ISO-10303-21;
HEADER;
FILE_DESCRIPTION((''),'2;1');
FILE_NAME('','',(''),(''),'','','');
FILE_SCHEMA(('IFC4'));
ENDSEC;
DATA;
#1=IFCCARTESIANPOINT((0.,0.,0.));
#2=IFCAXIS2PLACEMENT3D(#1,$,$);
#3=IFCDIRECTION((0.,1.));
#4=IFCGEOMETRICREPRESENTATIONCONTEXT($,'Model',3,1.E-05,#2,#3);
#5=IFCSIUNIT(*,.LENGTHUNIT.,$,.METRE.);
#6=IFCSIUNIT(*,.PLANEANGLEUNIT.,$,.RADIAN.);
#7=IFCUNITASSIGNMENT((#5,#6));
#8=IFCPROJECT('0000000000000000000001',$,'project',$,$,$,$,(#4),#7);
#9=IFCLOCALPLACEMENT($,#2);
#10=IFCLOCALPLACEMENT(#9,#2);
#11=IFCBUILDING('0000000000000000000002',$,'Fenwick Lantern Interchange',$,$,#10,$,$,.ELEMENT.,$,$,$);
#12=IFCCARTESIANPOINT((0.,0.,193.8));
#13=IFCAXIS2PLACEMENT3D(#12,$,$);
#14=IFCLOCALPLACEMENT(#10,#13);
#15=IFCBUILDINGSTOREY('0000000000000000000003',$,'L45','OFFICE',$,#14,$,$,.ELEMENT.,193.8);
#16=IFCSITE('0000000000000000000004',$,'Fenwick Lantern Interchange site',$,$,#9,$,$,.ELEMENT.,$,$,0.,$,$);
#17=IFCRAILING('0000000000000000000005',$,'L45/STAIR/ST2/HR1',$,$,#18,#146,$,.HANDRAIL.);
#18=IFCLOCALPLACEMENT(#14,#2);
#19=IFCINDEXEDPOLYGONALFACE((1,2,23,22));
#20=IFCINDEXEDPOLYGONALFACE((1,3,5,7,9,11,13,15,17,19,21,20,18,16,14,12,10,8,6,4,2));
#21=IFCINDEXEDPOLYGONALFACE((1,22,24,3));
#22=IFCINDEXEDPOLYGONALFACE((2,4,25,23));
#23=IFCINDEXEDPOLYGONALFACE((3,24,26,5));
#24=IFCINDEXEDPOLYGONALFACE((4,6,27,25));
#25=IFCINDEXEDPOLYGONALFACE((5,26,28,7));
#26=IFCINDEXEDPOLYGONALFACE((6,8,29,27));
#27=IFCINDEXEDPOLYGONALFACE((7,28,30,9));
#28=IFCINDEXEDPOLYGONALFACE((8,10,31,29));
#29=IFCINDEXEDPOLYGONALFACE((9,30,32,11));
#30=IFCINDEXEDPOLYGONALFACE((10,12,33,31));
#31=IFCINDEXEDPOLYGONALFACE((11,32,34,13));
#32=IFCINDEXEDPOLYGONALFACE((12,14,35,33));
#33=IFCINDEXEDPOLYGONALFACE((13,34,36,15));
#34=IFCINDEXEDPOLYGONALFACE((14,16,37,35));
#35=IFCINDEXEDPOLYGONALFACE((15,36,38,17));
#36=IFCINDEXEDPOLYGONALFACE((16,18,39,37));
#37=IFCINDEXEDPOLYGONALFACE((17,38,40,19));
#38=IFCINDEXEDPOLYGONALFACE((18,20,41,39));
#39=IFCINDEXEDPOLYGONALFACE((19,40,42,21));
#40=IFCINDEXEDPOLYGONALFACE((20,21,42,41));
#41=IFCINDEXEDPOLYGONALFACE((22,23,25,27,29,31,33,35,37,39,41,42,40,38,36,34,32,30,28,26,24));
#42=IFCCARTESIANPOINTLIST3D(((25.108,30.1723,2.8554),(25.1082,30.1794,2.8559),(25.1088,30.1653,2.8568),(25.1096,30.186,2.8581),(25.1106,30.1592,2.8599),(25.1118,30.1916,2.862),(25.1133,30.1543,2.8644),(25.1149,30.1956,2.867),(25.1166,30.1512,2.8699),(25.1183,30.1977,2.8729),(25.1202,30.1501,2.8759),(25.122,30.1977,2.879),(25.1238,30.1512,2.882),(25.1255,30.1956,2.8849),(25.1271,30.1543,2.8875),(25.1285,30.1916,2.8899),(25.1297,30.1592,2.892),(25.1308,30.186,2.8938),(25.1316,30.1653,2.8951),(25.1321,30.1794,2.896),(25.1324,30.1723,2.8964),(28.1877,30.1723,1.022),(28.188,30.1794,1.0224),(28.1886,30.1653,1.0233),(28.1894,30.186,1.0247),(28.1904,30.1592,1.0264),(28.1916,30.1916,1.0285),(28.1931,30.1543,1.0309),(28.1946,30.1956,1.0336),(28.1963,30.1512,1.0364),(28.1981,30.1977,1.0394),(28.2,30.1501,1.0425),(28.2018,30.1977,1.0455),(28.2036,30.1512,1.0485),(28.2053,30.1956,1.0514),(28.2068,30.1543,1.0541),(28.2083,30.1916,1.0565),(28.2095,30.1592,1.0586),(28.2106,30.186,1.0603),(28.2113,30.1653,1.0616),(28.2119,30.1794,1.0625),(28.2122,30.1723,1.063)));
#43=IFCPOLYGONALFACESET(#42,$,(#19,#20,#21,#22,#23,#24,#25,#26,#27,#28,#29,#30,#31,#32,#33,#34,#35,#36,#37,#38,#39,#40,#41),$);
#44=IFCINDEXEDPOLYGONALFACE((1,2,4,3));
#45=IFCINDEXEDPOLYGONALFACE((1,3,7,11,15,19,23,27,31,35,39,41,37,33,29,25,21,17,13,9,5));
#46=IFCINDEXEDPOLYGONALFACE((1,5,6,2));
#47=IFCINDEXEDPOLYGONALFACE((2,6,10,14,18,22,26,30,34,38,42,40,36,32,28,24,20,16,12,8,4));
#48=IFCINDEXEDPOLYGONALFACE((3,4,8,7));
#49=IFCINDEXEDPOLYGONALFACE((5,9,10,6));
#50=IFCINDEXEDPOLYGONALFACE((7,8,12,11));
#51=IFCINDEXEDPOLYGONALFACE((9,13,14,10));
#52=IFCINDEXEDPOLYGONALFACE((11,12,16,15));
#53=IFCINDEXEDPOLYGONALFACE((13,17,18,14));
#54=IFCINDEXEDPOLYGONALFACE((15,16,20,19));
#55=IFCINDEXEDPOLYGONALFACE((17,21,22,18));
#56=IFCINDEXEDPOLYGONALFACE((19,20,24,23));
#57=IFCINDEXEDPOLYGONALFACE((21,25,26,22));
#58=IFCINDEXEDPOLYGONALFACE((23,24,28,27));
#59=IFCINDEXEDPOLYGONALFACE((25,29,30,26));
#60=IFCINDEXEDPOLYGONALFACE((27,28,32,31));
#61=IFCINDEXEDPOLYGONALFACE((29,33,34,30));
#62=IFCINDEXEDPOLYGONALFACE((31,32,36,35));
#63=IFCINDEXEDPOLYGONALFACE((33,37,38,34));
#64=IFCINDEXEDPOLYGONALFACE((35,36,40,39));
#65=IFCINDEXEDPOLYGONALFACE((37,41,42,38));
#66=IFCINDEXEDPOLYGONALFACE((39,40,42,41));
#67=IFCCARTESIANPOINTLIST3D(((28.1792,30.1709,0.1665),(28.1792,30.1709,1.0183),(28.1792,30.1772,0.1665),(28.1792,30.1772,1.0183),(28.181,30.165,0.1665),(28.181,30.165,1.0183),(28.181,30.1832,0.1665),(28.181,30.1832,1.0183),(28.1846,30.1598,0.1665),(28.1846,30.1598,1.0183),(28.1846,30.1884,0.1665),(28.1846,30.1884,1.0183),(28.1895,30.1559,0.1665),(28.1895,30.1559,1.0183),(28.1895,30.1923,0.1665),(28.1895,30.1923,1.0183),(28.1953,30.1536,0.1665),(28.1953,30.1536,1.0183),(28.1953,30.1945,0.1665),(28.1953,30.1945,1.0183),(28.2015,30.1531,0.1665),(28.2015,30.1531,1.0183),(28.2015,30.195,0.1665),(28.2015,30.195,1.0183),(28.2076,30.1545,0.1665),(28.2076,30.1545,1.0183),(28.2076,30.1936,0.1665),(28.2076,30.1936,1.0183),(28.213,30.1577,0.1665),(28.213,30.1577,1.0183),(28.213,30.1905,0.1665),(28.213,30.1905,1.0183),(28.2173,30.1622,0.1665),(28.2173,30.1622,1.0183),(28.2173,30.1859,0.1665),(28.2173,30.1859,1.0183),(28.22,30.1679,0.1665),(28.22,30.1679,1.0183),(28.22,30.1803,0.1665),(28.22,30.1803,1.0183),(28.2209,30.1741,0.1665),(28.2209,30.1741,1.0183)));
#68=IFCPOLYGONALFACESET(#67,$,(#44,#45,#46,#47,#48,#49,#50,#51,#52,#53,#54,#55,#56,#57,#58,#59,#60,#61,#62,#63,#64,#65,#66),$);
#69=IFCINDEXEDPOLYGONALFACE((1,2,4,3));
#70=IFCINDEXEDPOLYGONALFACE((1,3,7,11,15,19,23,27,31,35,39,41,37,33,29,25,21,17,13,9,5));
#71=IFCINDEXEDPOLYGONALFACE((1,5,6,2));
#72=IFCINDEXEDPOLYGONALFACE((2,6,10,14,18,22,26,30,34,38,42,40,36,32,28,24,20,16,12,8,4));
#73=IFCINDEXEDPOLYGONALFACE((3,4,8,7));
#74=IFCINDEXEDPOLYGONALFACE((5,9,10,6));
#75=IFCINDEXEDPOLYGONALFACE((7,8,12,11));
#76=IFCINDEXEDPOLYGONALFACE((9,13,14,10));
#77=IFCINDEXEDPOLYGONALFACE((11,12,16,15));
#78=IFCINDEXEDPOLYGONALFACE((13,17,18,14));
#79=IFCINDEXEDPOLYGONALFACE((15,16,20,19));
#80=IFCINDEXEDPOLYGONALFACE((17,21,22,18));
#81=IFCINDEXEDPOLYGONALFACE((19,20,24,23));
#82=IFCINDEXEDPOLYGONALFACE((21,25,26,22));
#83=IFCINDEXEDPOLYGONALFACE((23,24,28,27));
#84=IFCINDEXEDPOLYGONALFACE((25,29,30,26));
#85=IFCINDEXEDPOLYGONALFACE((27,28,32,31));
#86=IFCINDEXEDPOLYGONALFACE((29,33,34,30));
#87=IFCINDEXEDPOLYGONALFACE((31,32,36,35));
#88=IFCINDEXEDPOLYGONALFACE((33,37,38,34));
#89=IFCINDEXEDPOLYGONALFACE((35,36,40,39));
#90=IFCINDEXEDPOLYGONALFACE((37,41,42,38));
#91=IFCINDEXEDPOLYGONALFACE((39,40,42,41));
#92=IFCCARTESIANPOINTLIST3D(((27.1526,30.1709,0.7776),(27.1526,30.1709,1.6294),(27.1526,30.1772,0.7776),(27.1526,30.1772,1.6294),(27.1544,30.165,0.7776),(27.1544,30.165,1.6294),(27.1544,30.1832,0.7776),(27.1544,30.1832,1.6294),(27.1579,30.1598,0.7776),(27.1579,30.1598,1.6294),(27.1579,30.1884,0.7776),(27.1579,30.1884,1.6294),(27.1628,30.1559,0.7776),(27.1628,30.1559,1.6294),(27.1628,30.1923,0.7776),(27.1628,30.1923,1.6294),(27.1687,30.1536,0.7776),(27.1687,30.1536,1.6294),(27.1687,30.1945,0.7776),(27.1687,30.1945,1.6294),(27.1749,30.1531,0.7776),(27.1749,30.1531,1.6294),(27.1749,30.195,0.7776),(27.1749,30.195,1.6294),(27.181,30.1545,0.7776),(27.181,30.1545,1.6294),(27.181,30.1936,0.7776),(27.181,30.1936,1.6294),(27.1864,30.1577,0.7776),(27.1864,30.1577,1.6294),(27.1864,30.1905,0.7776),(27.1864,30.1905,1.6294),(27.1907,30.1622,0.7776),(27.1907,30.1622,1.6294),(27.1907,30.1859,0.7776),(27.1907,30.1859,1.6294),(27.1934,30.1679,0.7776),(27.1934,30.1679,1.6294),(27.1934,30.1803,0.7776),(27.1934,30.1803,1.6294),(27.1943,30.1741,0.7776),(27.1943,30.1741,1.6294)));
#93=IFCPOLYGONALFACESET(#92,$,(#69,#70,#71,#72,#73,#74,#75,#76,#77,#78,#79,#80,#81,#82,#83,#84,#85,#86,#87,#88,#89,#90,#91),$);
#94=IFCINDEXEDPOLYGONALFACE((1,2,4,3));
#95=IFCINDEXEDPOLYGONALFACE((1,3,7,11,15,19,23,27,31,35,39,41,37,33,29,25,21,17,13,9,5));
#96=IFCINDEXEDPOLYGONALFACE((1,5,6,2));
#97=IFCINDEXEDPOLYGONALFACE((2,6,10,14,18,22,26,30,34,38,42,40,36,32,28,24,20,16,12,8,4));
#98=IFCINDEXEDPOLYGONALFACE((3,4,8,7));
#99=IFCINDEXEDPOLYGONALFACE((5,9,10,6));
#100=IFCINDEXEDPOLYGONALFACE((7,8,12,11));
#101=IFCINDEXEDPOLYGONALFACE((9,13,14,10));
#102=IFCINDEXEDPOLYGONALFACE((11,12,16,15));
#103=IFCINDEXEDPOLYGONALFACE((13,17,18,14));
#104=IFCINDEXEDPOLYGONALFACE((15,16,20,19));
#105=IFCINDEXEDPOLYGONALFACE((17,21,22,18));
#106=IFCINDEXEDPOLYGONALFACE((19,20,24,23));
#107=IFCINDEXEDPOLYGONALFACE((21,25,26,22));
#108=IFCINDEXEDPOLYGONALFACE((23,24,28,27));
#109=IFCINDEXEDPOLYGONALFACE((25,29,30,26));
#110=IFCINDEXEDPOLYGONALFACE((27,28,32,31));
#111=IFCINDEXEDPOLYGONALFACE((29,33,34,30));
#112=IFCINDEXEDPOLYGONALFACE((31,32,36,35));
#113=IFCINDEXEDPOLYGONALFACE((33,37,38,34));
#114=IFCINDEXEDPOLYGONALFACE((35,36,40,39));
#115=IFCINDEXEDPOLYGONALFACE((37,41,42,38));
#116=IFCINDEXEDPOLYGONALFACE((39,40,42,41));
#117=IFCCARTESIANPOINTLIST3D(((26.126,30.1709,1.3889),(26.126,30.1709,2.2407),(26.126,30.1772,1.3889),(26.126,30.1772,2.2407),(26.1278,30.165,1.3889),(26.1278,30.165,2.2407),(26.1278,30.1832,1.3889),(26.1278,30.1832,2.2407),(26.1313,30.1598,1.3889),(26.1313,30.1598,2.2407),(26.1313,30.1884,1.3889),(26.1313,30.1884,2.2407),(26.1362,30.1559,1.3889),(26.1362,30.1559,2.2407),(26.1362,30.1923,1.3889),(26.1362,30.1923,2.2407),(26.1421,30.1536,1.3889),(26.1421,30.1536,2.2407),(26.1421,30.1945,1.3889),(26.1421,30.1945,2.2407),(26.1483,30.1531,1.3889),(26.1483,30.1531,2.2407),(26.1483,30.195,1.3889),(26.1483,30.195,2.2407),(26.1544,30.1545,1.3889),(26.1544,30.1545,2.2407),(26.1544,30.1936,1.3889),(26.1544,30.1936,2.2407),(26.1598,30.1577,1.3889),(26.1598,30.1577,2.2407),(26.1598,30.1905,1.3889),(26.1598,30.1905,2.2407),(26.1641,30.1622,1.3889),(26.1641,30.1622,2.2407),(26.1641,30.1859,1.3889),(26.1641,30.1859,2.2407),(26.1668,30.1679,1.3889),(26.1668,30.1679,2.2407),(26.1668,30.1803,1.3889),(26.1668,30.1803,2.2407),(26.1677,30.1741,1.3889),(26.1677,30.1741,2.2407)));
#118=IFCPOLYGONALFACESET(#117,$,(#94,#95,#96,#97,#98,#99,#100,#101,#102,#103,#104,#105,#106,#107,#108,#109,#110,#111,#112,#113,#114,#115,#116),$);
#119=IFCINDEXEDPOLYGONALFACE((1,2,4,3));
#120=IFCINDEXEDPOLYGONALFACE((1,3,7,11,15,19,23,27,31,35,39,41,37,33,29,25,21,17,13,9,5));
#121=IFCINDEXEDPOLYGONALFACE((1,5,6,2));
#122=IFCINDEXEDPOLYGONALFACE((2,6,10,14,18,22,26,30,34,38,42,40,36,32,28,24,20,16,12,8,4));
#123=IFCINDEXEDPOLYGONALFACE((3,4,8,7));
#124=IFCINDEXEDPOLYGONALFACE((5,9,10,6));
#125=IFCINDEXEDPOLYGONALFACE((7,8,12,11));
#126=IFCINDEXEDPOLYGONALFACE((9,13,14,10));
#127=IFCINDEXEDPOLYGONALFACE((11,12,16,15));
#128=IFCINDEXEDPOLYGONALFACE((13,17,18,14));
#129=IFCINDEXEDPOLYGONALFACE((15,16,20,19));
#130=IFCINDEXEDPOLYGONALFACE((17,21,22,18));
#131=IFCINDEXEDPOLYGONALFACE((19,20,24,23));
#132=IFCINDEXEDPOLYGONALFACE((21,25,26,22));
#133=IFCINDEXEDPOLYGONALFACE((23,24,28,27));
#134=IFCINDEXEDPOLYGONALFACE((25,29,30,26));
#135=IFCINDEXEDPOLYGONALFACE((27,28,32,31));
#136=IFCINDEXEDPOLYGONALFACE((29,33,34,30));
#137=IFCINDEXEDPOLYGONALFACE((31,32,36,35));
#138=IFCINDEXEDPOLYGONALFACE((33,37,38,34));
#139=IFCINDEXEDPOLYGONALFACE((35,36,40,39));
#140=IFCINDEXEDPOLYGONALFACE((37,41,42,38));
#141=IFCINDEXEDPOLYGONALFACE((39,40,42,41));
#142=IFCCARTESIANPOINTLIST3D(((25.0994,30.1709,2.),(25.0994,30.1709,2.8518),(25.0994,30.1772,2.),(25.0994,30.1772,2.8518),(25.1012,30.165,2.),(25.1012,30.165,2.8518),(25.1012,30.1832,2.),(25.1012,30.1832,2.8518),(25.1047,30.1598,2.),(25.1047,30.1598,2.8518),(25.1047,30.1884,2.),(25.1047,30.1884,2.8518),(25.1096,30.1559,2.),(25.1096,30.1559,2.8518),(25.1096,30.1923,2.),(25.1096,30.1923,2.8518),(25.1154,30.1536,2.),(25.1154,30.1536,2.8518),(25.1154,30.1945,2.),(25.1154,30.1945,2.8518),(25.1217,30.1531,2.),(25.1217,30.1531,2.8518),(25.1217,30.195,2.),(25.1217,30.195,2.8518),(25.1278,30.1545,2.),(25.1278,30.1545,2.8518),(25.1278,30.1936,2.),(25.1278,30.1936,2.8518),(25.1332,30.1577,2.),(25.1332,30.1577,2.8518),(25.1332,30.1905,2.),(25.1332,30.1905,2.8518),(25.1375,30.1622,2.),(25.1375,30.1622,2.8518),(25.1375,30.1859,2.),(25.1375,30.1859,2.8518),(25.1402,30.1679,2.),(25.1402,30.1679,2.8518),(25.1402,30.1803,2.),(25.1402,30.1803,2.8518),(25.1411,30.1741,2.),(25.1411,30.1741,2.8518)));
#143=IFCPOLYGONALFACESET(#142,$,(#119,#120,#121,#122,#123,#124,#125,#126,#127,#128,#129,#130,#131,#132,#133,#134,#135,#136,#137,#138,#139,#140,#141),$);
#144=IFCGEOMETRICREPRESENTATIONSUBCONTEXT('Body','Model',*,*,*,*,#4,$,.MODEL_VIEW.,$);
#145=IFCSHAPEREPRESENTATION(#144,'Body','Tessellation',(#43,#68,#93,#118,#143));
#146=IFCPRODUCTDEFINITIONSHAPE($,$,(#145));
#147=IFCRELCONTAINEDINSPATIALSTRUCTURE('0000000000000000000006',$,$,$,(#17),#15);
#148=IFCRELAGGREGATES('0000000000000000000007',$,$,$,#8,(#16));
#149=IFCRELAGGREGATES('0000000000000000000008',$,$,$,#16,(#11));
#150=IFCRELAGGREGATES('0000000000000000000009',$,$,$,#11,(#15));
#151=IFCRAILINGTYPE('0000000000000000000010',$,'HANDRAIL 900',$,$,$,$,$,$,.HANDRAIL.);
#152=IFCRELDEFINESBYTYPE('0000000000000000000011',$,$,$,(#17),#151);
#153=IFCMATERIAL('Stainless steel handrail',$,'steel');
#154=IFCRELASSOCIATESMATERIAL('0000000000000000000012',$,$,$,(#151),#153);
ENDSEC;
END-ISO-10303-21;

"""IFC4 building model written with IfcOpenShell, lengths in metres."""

from ifc_helpers import new_model, si_unit, direction, frame, origin, origin_2d, place, context, subcontext, project, spatial, circle, extrude, material, type_object, element, save


model = new_model("IFC4")

# Units and contexts
model_context = context("Model", 3, precision=1e-05, world=origin(), true_north=direction((0.0, 1.0)))
body_context = subcontext(model_context, "Body", "Model", "MODEL_VIEW")
ifc_project = project(units=[si_unit("LENGTHUNIT", "METRE"), si_unit("PLANEANGLEUNIT", "RADIAN")], contexts=[model_context])

# Site, building, storey
site_placement = place(None, origin())
site = spatial("IfcSite", under=ifc_project, at=site_placement, Name="Fenwick Lantern Interchange site", CompositionType="ELEMENT", RefElevation=0.0)
building_placement = place(site_placement, origin())
building = spatial("IfcBuilding", under=site, at=building_placement, Name="Fenwick Lantern Interchange", CompositionType="ELEMENT")
storey_placement = place(building_placement, frame((0.0, 0.0, 193.8)))
storey = spatial("IfcBuildingStorey", under=building, at=storey_placement, Name="L45", Description="OFFICE", CompositionType="ELEMENT", Elevation=193.8)

# Railing
ifc_material_1 = material(Name="Stainless steel handrail", Category="steel")
railing_type = type_object("IfcRailingType", Name="HANDRAIL 900", PredefinedType="HANDRAIL", material=ifc_material_1)
railing_1_placement = place(storey_placement, frame((28.2, 30.1741, 0.1665)))
element("IfcRailing", 1, at=railing_1_placement, inside=storey, type_object=railing_type, Name="L45/STAIR/ST2/HR1", PredefinedType="HANDRAIL", context=body_context, shape_type="SweptSolid", body=[
    extrude(circle(Radius=0.0239, at=origin_2d()), frame((0.0, 0.0, 0.876), z_axis=(-0.859261, 0.0, 0.511538), x_axis=(0.0, -1.0, 0.0)), (0.0, 0.0, 1.0), 3.5842),
    extrude(circle(Radius=0.021, at=origin_2d()), origin(), (0.0, 0.0, 1.0), 0.8518),
    extrude(circle(Radius=0.021, at=origin_2d()), frame((-1.0266, 0.0, 0.6111)), (0.0, 0.0, 1.0), 0.8518),
    extrude(circle(Radius=0.021, at=origin_2d()), frame((-2.0532, 0.0, 1.2224)), (0.0, 0.0, 1.0), 0.8518),
    extrude(circle(Radius=0.021, at=origin_2d()), frame((-3.0798, 0.0, 1.8335)), (0.0, 0.0, 1.0), 0.8518),
])

save(model, "model.ifc")
